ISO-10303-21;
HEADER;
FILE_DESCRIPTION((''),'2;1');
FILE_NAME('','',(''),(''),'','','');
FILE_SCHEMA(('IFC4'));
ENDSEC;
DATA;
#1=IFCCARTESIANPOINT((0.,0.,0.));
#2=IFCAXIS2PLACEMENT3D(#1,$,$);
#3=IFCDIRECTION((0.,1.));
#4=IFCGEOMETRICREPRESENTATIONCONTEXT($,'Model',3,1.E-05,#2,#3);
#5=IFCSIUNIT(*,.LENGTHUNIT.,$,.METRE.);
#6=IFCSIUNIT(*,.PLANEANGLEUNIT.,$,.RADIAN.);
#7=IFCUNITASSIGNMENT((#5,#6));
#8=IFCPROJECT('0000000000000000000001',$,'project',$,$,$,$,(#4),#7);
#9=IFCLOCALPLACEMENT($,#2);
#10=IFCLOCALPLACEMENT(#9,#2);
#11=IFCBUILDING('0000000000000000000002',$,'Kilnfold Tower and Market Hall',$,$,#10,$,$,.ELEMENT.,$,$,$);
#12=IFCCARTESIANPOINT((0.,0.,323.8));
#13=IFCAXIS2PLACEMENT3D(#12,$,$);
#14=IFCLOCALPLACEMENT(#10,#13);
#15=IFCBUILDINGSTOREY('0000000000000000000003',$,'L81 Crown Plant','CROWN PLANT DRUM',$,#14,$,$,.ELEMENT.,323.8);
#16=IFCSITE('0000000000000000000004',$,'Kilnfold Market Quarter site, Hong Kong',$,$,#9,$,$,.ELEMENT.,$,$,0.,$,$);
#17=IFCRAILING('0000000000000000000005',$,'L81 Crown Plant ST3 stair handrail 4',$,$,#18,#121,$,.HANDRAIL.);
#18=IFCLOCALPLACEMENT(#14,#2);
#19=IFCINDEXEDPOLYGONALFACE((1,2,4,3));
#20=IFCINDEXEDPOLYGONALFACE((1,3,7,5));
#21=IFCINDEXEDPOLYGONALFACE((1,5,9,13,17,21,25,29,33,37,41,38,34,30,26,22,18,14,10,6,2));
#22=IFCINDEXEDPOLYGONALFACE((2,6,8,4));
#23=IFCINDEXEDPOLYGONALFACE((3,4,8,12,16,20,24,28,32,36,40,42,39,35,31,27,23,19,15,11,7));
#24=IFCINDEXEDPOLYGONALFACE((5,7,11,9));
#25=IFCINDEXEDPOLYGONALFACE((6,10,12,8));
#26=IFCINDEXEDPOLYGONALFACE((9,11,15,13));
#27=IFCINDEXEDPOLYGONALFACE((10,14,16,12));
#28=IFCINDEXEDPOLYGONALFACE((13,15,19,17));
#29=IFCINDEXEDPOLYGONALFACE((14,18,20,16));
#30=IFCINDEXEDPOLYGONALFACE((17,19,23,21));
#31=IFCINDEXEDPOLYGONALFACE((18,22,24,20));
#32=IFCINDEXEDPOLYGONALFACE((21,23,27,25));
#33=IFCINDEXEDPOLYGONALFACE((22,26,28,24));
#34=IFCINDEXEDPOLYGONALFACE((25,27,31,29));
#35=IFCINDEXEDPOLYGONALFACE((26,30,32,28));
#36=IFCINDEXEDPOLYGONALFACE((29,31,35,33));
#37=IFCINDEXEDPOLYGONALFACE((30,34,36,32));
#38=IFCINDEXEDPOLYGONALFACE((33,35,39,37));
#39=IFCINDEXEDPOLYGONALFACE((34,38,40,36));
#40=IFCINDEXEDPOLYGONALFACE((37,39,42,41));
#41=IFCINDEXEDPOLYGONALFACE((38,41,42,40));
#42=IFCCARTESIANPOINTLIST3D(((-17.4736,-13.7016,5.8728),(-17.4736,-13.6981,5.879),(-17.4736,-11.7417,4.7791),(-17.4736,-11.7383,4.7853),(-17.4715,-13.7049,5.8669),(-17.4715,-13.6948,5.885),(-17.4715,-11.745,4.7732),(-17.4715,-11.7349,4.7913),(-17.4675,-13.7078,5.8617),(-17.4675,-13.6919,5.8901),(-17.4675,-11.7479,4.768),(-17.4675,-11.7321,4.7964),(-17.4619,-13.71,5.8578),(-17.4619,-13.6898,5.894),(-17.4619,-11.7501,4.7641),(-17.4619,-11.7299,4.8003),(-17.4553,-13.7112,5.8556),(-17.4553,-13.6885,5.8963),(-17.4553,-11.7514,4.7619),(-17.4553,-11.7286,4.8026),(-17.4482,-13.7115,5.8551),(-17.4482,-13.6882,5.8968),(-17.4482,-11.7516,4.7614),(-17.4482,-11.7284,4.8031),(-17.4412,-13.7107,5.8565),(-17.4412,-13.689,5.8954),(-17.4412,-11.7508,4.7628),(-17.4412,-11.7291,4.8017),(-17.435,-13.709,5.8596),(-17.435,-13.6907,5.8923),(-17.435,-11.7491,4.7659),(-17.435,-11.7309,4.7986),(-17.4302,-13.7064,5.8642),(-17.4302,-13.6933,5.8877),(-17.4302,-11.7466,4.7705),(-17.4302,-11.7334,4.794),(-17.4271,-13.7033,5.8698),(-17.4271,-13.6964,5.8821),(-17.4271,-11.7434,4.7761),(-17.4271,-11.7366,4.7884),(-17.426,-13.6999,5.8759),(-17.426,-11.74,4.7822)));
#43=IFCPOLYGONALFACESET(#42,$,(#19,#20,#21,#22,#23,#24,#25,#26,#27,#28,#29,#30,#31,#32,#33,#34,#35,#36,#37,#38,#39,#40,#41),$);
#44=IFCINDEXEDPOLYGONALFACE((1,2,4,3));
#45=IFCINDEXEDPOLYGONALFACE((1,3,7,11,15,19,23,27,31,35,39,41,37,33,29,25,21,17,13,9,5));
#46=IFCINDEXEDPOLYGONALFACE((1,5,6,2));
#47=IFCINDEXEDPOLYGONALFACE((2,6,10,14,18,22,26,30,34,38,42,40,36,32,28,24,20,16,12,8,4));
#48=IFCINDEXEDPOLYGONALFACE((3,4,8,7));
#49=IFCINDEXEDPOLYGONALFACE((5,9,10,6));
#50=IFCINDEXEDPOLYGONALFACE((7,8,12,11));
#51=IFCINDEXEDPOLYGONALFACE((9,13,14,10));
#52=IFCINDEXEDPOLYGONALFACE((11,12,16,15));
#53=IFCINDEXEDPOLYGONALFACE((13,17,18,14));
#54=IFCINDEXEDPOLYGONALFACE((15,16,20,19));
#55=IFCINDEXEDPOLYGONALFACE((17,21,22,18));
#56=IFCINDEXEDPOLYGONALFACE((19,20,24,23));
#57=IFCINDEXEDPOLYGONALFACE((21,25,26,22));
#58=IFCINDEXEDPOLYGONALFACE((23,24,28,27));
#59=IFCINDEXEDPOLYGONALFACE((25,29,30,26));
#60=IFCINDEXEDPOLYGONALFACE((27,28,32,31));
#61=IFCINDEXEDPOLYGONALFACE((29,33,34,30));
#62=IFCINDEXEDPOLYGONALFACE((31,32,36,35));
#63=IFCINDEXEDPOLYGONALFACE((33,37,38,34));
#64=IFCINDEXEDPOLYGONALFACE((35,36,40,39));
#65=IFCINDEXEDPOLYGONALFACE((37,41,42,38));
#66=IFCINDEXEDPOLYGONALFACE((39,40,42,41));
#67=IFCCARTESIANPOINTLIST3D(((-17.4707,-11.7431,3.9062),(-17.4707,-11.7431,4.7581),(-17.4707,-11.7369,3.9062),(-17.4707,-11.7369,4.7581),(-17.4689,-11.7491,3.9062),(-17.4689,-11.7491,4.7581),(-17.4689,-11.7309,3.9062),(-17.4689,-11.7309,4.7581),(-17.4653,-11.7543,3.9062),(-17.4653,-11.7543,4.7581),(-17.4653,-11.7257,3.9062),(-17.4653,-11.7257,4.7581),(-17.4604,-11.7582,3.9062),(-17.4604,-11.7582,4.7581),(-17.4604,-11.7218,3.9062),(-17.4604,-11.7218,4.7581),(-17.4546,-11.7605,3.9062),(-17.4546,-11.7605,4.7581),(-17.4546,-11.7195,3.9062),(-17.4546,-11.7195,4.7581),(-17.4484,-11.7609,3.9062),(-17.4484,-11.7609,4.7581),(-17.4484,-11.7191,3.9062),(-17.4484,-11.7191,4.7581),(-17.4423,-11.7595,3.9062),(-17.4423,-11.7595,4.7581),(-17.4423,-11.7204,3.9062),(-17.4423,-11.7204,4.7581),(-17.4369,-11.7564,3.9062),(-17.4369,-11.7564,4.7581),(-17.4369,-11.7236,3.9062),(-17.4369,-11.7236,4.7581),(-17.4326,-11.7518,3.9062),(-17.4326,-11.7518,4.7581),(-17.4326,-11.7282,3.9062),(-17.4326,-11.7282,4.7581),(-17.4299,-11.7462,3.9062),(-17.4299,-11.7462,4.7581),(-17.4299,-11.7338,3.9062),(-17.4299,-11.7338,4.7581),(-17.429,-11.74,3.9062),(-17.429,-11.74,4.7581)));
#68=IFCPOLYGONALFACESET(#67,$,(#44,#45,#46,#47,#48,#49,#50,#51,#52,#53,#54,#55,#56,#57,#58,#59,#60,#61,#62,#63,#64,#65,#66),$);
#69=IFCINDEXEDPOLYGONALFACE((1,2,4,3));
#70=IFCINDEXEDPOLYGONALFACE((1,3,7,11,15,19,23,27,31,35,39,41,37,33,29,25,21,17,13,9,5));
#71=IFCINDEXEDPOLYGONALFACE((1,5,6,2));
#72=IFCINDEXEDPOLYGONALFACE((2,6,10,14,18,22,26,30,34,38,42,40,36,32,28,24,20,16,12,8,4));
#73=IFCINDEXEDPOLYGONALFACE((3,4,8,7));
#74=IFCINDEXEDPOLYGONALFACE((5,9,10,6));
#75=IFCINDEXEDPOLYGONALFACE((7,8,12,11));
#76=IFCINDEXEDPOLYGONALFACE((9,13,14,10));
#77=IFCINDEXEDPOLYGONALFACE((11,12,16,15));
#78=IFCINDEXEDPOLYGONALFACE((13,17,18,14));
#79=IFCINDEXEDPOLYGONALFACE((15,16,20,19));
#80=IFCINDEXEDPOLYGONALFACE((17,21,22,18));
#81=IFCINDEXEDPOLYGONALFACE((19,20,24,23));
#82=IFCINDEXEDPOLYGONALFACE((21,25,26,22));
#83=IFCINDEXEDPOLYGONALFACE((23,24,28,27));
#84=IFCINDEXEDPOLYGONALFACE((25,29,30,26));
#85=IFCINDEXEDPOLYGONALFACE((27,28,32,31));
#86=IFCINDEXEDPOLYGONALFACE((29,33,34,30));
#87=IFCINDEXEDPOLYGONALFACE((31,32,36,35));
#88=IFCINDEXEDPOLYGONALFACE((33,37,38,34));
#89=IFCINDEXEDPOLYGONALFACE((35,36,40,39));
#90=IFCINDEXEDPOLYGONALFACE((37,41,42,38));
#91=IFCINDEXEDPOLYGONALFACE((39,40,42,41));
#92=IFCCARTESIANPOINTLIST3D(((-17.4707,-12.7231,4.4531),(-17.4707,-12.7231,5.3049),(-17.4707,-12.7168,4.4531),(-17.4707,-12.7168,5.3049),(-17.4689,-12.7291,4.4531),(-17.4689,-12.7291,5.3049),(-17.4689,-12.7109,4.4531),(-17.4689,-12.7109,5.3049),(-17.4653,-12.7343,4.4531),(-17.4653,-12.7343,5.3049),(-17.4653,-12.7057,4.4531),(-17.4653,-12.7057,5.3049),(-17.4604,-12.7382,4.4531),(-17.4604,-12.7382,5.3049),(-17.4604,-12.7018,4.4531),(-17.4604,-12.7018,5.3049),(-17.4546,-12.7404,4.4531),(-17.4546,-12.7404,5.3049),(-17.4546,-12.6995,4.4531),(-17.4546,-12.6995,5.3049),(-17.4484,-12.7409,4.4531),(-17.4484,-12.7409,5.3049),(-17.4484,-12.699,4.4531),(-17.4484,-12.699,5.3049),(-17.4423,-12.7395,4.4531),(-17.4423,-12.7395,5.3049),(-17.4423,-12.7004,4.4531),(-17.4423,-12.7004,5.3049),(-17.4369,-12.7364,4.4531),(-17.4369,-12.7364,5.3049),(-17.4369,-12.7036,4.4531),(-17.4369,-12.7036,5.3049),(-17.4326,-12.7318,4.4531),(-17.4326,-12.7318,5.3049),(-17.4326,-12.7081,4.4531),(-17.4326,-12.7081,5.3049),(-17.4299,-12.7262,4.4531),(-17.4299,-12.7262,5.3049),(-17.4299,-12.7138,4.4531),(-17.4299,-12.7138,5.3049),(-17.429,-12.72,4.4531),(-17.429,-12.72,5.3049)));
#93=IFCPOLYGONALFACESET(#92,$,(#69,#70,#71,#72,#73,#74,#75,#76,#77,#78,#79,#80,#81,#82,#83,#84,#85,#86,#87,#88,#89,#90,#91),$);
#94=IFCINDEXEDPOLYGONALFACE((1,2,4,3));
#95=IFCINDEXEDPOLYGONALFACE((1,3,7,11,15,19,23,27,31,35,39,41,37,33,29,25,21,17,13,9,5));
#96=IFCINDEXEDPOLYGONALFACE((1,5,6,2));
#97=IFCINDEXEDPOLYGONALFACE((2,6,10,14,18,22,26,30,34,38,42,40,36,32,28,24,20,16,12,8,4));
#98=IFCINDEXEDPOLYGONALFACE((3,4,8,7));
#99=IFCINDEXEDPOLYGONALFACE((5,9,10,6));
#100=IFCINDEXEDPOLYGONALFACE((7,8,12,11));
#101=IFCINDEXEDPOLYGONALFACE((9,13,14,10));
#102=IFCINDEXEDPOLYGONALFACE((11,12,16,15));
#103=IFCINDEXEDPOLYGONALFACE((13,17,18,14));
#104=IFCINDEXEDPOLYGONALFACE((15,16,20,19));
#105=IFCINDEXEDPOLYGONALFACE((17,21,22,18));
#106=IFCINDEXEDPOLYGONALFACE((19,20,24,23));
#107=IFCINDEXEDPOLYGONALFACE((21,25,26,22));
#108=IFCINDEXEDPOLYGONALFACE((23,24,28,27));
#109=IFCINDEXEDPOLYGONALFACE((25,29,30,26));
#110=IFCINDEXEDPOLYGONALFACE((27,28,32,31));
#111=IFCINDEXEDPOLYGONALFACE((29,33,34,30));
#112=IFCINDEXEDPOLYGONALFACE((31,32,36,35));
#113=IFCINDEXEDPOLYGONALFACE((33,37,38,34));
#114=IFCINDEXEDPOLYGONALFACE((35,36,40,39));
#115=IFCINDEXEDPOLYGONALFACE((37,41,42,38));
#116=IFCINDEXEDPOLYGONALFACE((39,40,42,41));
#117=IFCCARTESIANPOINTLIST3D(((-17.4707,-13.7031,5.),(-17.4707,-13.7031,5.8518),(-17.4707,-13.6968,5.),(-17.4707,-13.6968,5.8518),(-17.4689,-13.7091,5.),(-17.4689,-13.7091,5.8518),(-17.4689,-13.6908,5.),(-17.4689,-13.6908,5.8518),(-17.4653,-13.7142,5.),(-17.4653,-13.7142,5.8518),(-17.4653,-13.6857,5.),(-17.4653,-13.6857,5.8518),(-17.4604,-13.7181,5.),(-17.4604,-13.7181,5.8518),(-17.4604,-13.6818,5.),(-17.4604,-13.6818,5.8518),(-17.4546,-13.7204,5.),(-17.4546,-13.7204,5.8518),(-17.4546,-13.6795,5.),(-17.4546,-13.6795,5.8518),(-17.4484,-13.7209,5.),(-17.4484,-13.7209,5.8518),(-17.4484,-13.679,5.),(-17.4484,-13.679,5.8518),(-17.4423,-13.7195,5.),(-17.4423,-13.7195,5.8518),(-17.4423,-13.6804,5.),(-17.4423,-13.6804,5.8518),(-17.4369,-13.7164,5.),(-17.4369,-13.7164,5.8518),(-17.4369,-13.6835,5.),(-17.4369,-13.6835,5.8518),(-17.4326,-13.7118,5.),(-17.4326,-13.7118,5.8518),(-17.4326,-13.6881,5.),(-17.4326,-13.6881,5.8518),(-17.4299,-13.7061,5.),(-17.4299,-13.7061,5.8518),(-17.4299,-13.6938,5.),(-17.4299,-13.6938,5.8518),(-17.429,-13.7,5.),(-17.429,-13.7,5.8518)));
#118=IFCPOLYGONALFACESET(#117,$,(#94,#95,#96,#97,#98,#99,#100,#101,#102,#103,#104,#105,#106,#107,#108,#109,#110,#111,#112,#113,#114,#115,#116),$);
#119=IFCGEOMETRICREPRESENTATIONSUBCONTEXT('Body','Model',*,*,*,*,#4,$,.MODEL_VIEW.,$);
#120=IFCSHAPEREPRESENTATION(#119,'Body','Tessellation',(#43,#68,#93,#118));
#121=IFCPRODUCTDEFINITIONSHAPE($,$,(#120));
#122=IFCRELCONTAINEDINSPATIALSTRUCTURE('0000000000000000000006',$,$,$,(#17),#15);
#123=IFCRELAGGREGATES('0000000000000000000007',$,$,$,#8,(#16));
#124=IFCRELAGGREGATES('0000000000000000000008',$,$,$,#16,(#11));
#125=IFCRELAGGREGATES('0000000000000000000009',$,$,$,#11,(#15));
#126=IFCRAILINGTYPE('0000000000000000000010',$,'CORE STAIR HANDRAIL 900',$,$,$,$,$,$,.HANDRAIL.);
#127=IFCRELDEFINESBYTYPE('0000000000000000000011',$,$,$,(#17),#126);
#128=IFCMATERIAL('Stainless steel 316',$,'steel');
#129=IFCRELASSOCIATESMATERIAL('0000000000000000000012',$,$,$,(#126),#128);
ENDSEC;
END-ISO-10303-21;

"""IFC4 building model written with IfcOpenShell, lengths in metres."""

from ifc_helpers import new_model, si_unit, direction, frame, origin, origin_2d, place, context, subcontext, project, spatial, circle, extrude, material, type_object, element, save


model = new_model("IFC4")

# Units and contexts
model_context = context("Model", 3, precision=1e-05, world=origin(), true_north=direction((0.0, 1.0)))
body_context = subcontext(model_context, "Body", "Model", "MODEL_VIEW")
ifc_project = project(units=[si_unit("LENGTHUNIT", "METRE"), si_unit("PLANEANGLEUNIT", "RADIAN")], contexts=[model_context])

# Site, building, storey
site_placement = place(None, origin())
site = spatial("IfcSite", under=ifc_project, at=site_placement, Name="Kilnfold Market Quarter site, Hong Kong", CompositionType="ELEMENT", RefElevation=0.0)
building_placement = place(site_placement, origin())
building = spatial("IfcBuilding", under=site, at=building_placement, Name="Kilnfold Tower and Market Hall", CompositionType="ELEMENT")
storey_placement = place(building_placement, frame((0.0, 0.0, 323.8)))
storey = spatial("IfcBuildingStorey", under=building, at=storey_placement, Name="L81 Crown Plant", Description="CROWN PLANT DRUM", CompositionType="ELEMENT", Elevation=323.8)

# Railing
ifc_material_1 = material(Name="Stainless steel 316", Category="steel")
railing_type_1 = type_object("IfcRailingType", Name="CORE STAIR HANDRAIL 900", PredefinedType="HANDRAIL", material=ifc_material_1)
railing_1_placement = place(storey_placement, frame((-17.45, -11.74, 3.9062)))
element("IfcRailing", 1, at=railing_1_placement, inside=storey, type_object=railing_type_1, Name="L81 Crown Plant ST3 stair handrail 4", PredefinedType="HANDRAIL", context=body_context, shape_type="SweptSolid", body=[
    extrude(circle(Radius=0.0239, at=origin_2d()), frame((0.0, 0.0, 0.876), z_axis=(0.0, -0.873232, 0.487304), x_axis=(1.0, 0.0, 0.0)), (0.0, 0.0, 1.0), 2.2444),
    extrude(circle(Radius=0.021, at=origin_2d()), origin(), (0.0, 0.0, 1.0), 0.8518),
    extrude(circle(Radius=0.021, at=origin_2d()), frame((0.0, -0.98, 0.5469)), (0.0, 0.0, 1.0), 0.8518),
    extrude(circle(Radius=0.021, at=origin_2d()), frame((0.0, -1.96, 1.0938)), (0.0, 0.0, 1.0), 0.8518),
])

save(model, "model.ifc")
